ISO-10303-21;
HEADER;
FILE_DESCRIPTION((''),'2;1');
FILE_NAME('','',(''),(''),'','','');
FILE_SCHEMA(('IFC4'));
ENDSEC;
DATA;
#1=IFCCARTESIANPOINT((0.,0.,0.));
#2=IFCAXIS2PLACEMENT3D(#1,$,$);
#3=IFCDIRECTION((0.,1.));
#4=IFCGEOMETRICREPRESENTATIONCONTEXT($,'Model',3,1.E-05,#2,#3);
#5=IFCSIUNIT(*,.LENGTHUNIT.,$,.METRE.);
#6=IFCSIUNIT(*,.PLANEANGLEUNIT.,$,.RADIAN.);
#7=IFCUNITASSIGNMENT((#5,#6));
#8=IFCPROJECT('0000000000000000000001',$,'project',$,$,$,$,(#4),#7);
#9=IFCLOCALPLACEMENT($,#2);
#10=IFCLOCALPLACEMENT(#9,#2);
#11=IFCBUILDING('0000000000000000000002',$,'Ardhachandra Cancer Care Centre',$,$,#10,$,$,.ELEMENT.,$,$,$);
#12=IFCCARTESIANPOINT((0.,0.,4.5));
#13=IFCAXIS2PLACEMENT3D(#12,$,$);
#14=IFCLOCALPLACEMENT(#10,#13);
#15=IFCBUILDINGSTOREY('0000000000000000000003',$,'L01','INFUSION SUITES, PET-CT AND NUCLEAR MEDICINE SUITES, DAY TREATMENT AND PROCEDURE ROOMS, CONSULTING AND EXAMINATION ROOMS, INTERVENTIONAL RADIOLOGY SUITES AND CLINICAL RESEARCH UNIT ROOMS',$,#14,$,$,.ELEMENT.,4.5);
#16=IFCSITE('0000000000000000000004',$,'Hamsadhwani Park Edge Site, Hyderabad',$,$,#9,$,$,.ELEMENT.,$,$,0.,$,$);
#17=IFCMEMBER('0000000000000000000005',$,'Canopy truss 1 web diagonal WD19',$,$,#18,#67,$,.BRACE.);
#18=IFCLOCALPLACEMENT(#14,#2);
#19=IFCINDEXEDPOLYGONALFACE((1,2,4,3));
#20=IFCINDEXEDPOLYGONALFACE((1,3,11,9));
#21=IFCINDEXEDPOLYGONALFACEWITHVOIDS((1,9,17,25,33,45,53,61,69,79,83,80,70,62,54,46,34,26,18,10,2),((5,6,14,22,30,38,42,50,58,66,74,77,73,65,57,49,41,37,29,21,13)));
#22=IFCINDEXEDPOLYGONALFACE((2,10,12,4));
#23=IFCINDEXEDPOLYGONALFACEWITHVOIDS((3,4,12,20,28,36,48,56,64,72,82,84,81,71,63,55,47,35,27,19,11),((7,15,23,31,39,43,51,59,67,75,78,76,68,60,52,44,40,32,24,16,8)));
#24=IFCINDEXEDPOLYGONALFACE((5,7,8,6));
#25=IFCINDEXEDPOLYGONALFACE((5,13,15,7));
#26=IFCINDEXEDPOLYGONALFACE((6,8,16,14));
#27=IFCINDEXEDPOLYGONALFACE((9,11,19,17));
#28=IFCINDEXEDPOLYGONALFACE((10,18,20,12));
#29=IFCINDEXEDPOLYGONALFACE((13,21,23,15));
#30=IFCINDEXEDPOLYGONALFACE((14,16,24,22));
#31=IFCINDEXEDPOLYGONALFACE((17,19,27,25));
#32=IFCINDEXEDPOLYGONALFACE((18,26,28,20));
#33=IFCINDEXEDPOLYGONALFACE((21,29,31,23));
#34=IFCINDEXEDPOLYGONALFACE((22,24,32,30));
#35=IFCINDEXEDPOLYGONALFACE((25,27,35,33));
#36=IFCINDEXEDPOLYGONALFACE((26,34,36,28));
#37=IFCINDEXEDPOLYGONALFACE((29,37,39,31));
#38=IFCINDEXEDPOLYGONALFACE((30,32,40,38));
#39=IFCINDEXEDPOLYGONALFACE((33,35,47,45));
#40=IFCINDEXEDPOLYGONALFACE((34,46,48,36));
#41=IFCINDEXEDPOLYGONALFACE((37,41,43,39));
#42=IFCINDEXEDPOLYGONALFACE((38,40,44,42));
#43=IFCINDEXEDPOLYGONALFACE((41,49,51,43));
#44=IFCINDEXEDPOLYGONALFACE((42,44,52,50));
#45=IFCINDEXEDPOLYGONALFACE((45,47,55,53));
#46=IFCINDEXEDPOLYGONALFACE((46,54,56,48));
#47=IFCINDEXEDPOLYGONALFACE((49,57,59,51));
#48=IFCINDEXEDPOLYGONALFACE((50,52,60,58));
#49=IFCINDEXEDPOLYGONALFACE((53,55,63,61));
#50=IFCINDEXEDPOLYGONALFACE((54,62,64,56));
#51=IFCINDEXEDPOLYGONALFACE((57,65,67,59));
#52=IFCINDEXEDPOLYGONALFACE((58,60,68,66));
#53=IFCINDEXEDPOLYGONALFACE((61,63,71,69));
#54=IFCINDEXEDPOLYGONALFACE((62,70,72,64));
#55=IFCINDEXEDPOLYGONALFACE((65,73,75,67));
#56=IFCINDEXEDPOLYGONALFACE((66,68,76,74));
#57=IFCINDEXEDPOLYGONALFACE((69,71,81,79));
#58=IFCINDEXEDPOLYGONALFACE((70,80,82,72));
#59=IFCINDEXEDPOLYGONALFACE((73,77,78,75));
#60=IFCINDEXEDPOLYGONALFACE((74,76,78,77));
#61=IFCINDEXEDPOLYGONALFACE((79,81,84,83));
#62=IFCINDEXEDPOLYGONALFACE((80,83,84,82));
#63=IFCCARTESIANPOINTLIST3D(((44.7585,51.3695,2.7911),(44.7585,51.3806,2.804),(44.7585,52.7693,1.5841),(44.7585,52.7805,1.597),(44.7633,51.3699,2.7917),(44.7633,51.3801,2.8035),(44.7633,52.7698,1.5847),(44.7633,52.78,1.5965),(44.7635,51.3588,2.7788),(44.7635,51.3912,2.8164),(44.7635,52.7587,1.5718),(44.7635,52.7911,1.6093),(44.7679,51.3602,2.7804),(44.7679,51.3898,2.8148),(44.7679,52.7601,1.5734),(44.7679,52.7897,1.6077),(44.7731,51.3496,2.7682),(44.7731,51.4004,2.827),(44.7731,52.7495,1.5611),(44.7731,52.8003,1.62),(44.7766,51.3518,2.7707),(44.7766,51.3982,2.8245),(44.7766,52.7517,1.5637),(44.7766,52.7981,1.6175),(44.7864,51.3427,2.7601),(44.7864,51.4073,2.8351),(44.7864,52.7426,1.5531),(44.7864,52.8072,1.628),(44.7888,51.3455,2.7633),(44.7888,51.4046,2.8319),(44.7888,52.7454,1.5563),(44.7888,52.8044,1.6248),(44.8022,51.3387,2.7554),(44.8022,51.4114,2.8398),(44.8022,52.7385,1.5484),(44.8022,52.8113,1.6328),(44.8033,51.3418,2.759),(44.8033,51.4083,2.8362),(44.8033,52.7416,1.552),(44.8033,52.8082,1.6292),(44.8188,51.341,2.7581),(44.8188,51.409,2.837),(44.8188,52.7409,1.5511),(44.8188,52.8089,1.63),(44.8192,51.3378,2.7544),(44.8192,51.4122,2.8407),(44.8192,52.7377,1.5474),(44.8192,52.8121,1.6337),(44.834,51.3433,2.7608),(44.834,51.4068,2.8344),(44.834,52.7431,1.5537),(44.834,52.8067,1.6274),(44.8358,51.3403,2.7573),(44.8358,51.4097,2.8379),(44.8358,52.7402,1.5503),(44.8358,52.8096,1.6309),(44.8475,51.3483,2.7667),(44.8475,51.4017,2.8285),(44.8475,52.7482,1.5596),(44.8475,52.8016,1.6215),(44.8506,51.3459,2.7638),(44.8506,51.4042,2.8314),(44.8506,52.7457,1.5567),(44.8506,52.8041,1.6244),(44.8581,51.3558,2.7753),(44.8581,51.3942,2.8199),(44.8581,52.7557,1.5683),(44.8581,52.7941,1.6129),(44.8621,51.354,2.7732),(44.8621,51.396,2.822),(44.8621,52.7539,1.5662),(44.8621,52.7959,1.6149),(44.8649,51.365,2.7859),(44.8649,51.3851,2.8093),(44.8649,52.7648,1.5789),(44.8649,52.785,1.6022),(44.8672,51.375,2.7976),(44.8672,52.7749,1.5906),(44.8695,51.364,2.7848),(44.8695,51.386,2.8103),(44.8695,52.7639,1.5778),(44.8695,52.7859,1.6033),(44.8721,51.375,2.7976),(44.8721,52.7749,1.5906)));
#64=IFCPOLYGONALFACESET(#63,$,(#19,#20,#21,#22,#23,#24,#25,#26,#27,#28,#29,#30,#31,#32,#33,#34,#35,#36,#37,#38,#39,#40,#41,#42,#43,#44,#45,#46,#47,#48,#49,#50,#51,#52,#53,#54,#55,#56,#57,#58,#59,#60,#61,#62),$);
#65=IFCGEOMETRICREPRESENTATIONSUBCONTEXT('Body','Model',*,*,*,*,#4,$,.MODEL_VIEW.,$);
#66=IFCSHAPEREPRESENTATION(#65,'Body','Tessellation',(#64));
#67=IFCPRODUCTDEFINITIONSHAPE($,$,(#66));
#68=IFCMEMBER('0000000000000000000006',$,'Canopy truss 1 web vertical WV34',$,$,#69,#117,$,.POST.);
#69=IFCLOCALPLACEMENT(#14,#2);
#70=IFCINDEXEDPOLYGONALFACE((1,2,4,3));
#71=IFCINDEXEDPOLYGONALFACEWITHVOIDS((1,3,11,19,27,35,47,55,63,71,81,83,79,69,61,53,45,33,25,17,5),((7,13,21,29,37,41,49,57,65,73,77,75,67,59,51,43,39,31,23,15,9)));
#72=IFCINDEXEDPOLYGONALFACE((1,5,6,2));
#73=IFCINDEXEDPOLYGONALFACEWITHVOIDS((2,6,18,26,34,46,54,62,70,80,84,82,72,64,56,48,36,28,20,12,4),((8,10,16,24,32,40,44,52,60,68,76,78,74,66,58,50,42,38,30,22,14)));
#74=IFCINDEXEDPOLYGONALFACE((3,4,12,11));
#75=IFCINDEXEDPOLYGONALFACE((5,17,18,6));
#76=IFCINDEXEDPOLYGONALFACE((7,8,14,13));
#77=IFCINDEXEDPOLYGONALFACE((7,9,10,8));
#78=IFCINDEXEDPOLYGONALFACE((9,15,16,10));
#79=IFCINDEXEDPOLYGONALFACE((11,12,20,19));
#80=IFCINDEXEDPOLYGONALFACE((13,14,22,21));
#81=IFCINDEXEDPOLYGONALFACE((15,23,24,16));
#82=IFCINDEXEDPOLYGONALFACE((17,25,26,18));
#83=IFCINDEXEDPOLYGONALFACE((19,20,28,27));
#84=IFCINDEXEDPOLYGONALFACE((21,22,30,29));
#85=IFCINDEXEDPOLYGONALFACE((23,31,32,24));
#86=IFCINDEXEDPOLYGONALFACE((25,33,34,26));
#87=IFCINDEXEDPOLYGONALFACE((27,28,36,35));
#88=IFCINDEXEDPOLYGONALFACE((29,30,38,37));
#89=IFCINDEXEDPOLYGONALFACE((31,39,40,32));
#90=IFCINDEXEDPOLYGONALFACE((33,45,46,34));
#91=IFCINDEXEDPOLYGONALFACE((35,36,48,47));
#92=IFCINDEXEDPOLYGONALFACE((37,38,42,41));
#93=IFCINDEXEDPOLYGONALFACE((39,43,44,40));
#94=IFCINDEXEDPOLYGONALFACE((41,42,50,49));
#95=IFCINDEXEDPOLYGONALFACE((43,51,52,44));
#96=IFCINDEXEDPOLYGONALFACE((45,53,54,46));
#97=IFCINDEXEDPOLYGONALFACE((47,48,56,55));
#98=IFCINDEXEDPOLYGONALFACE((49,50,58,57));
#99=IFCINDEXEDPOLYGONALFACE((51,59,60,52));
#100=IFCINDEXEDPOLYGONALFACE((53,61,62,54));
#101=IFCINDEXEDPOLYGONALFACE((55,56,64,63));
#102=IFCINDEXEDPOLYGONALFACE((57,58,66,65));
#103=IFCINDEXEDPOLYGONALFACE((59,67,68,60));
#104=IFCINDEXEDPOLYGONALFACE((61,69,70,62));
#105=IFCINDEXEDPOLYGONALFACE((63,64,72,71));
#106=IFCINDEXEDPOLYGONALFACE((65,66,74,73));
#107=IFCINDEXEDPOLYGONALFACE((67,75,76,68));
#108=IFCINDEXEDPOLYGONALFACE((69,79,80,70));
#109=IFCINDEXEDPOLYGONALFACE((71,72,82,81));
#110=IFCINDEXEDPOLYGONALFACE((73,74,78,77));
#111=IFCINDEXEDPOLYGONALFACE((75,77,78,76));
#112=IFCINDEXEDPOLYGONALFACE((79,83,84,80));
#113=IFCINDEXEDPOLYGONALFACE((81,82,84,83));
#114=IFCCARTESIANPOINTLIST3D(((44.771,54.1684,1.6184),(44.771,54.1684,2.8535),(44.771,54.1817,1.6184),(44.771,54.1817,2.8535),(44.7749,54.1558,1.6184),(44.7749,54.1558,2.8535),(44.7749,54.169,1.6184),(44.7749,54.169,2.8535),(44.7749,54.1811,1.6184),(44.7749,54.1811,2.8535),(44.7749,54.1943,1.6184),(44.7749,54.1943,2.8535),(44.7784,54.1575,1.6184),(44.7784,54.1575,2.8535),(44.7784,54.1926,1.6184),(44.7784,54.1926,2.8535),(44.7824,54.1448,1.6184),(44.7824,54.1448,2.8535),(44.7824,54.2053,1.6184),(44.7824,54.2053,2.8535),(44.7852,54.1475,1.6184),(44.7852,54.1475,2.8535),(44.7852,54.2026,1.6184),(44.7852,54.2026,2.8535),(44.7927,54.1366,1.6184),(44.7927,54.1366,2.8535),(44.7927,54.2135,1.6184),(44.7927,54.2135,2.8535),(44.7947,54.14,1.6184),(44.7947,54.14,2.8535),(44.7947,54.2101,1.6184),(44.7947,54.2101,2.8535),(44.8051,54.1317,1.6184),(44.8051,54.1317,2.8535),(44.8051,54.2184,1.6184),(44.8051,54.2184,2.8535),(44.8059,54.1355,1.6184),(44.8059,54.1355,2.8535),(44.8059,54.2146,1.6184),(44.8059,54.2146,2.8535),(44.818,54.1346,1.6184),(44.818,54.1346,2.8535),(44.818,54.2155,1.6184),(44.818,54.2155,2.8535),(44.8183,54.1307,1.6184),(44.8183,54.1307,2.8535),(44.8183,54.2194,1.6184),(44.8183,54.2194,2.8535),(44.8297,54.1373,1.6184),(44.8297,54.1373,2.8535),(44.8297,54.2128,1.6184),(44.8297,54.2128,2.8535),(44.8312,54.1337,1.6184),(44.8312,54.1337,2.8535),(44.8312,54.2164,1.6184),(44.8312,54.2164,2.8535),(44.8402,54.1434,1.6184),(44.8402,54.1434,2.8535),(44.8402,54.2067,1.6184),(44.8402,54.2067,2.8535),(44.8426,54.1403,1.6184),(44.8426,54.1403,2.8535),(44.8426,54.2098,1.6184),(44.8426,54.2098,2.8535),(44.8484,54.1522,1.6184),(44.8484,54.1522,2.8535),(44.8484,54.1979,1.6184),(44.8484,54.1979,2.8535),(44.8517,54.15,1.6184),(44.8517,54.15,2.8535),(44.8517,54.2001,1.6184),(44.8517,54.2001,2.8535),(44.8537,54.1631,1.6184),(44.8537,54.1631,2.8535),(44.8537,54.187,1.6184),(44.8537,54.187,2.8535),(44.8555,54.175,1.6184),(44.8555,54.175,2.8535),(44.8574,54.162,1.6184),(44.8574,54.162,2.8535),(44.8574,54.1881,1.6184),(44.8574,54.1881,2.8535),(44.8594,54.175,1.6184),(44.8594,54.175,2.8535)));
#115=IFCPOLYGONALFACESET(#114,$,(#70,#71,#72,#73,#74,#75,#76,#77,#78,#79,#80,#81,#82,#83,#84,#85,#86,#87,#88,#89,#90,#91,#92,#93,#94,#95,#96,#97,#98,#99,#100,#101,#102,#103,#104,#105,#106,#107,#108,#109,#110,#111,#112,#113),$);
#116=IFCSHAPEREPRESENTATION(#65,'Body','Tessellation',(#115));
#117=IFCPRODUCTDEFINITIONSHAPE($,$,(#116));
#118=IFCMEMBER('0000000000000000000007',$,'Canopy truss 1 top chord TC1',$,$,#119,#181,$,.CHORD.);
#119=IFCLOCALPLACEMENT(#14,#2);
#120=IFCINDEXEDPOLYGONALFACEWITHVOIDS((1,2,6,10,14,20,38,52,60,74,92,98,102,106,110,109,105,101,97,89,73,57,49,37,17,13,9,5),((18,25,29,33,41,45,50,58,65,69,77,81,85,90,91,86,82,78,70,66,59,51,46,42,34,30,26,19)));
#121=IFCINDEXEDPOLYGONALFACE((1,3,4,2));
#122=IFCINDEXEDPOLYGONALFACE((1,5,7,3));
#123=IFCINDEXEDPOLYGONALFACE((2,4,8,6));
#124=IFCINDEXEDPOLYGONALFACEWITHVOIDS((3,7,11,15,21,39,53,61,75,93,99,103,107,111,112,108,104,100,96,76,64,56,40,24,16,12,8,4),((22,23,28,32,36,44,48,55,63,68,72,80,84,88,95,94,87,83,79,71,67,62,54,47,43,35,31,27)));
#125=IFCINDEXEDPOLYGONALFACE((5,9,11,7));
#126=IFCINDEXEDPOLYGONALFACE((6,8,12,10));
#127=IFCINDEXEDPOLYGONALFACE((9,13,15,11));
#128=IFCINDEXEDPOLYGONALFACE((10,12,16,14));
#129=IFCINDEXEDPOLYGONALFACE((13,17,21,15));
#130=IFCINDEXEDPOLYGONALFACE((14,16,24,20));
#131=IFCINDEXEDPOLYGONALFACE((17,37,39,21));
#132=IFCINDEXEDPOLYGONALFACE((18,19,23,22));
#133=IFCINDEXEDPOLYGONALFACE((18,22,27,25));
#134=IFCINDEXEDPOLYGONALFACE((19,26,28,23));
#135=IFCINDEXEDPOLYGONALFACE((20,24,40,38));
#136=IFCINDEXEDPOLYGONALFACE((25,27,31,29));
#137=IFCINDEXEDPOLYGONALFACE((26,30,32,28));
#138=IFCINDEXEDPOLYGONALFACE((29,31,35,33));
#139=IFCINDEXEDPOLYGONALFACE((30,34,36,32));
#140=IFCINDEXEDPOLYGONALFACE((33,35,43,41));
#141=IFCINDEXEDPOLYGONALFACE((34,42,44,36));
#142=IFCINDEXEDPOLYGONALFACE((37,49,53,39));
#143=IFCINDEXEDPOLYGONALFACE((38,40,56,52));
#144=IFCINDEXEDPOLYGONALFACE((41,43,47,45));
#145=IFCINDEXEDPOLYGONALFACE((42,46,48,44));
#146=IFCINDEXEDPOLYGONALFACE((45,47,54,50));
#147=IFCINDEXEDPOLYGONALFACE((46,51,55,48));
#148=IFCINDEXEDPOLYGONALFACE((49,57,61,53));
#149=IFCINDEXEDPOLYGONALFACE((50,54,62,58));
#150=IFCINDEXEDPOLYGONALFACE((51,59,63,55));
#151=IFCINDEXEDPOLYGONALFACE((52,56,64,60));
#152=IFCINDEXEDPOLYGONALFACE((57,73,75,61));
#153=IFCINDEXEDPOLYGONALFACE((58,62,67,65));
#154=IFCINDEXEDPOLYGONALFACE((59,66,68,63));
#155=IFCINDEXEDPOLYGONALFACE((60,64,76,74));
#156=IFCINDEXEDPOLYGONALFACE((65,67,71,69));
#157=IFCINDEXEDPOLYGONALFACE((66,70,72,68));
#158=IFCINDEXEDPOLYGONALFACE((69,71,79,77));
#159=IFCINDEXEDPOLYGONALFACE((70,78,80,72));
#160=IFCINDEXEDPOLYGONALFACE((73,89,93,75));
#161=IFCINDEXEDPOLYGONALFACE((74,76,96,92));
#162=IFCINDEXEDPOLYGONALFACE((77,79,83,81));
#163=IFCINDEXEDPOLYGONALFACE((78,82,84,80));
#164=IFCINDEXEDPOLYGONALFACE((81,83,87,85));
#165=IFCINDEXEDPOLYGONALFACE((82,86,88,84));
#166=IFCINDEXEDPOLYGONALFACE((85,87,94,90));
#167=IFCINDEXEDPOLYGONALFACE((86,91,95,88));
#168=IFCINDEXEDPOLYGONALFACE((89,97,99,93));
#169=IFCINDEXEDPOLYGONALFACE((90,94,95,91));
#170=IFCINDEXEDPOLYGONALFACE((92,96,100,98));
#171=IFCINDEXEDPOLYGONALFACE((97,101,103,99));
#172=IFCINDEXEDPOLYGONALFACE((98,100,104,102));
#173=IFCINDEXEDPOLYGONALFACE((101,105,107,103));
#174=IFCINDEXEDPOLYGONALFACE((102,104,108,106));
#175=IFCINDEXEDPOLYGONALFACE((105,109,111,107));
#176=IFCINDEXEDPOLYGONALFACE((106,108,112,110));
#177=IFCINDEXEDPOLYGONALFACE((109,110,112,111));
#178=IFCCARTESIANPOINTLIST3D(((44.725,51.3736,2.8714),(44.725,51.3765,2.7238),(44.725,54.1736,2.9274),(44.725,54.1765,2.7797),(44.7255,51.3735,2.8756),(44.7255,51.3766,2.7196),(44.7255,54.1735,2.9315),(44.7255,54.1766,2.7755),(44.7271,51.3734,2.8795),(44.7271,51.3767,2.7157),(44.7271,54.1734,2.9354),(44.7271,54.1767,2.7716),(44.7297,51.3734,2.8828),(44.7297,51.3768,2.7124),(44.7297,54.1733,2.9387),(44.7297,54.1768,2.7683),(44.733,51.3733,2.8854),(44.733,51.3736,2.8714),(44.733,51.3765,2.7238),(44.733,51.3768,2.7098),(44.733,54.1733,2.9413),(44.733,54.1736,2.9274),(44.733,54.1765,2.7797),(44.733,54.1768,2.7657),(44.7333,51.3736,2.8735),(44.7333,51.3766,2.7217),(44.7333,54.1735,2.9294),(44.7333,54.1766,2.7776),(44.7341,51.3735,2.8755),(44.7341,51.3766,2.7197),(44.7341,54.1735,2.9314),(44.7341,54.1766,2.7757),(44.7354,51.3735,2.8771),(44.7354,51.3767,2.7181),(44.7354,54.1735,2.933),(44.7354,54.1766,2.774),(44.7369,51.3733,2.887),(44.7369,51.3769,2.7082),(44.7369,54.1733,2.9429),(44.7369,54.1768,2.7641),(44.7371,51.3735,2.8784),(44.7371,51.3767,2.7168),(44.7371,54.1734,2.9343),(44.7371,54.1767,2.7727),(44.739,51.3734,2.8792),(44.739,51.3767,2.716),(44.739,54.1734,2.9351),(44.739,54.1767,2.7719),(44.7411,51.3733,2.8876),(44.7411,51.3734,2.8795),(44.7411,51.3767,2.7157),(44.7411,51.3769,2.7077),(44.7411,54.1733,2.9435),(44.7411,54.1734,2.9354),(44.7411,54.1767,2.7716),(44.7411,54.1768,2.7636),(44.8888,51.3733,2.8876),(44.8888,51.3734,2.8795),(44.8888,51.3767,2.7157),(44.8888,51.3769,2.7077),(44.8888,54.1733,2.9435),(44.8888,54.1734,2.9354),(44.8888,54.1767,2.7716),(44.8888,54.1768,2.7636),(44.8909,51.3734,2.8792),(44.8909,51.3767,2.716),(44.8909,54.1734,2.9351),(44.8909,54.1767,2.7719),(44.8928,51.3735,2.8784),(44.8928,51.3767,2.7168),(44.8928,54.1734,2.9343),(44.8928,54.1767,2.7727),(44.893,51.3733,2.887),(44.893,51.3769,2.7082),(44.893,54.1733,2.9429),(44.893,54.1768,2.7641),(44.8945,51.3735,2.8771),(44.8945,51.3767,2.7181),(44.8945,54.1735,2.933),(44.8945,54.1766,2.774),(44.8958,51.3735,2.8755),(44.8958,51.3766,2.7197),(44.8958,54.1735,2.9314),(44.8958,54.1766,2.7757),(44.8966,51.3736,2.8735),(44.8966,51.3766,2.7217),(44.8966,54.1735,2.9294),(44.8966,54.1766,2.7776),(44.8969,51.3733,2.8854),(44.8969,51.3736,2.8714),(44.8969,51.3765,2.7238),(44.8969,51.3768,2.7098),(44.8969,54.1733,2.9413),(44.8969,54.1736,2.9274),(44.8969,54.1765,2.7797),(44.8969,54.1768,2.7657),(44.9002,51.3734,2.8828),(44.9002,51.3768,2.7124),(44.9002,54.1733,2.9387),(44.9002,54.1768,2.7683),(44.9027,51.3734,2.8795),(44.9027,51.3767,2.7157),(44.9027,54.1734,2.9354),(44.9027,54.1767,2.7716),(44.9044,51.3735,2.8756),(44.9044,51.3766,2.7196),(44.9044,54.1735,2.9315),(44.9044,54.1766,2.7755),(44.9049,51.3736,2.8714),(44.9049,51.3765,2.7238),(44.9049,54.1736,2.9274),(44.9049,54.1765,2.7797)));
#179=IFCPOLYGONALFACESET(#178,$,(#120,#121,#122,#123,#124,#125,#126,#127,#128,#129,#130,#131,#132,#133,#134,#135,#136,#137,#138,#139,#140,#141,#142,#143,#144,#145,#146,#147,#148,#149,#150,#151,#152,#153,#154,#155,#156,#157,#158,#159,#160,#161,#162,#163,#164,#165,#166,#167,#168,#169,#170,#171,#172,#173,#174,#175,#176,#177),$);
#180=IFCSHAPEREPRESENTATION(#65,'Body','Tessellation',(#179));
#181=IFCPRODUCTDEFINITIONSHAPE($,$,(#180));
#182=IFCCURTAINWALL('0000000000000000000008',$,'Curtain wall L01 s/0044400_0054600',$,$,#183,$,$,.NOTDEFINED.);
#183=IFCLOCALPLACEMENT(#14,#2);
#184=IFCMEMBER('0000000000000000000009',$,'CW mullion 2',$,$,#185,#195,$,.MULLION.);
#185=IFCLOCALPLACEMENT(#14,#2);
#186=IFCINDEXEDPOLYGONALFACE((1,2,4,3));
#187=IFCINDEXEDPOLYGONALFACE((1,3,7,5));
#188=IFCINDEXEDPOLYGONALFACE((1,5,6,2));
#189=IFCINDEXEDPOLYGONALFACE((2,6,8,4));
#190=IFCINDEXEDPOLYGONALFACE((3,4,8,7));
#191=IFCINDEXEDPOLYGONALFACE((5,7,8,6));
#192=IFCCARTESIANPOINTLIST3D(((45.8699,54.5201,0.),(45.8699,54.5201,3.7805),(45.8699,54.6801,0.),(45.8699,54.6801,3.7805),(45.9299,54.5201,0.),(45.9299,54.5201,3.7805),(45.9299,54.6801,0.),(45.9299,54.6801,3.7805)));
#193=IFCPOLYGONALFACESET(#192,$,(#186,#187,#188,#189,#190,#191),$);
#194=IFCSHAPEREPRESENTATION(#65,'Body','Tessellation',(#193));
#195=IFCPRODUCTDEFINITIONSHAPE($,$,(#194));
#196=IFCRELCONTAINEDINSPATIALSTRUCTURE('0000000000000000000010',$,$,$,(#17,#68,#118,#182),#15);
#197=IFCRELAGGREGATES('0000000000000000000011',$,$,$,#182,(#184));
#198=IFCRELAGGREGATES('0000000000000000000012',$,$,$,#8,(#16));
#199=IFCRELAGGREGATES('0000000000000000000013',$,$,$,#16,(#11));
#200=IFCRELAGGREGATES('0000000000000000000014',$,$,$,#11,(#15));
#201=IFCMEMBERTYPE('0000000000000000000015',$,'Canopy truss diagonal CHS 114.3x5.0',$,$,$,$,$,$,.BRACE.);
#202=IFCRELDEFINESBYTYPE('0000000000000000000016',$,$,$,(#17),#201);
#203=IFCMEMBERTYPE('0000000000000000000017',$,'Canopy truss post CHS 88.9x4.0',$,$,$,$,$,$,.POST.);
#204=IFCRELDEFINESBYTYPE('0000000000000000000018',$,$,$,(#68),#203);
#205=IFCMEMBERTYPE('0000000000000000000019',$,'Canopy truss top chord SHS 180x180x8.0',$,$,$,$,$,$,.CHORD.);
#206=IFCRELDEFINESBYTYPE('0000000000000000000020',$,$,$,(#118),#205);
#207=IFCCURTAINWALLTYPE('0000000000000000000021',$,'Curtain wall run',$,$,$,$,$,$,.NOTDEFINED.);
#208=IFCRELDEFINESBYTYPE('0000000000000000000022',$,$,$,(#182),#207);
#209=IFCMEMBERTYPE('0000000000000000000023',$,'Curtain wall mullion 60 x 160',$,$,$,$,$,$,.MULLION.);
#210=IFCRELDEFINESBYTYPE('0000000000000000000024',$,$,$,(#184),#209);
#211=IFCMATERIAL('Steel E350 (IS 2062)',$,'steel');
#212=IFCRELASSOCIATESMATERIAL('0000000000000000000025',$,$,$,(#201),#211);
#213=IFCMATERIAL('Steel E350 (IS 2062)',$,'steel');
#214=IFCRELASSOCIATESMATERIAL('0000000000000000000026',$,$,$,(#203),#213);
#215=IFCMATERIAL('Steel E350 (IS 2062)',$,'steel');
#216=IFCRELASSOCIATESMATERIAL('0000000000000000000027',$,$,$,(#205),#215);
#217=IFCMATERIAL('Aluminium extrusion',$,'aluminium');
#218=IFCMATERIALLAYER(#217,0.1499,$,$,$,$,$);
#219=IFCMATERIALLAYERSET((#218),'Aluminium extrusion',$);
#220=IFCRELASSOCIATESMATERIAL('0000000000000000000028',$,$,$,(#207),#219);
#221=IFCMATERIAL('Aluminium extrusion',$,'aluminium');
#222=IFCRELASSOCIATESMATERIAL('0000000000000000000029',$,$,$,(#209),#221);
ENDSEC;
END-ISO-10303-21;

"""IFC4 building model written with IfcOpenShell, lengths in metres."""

from ifc_helpers import new_model, si_unit, direction, frame, origin, origin_2d, place, context, subcontext, project, spatial, rectangle, hollow_rectangle, hollow_circle, extrude, material, layer, layer_set, material_profile, profile_set, type_object, element, aggregate, save


model = new_model("IFC4")

# Units and contexts
model_context = context("Model", 3, precision=1e-05, world=origin(), true_north=direction((0.0, 1.0)))
body_context = subcontext(model_context, "Body", "Model", "MODEL_VIEW")
ifc_project = project(units=[si_unit("LENGTHUNIT", "METRE"), si_unit("PLANEANGLEUNIT", "RADIAN")], contexts=[model_context])

# Site, building, storey
site_placement = place(None, origin())
site = spatial("IfcSite", under=ifc_project, at=site_placement, Name="Hamsadhwani Park Edge Site, Hyderabad", CompositionType="ELEMENT", RefElevation=0.0)
building_placement = place(site_placement, origin())
building = spatial("IfcBuilding", under=site, at=building_placement, Name="Ardhachandra Cancer Care Centre", CompositionType="ELEMENT")
storey_placement = place(building_placement, frame((0.0, 0.0, 4.5)))
storey = spatial("IfcBuildingStorey", under=building, at=storey_placement, Name="L01", Description="INFUSION SUITES, PET-CT AND NUCLEAR MEDICINE SUITES, DAY TREATMENT AND PROCEDURE ROOMS, CONSULTING AND EXAMINATION ROOMS, INTERVENTIONAL RADIOLOGY SUITES AND CLINICAL RESEARCH UNIT ROOMS", CompositionType="ELEMENT", Elevation=4.5)

# Members
ifc_material_1 = material(Name="Steel E350 (IS 2062)", Category="steel")
ifc_material_profile_1 = material_profile(ifc_material_1, hollow_circle(Radius=0.0571, WallThickness=0.0049, at=origin_2d()), Name="CHS 114.3x5.0")
ifc_profile_set_1 = profile_set([ifc_material_profile_1], Name="Steel E350 (IS 2062)")
member_type_1 = type_object("IfcMemberType", Name="Canopy truss diagonal CHS 114.3x5.0", PredefinedType="BRACE", material=ifc_profile_set_1)
member_1_placement = place(storey_placement, frame((44.8149, 52.7749, 1.5906), z_axis=(0.0, -0.757351, 0.653008), x_axis=(1.0, 0.0, 0.0)))
element("IfcMember", 1, at=member_1_placement, inside=storey, type_object=member_type_1, Name="Canopy truss 1 web diagonal WD19", PredefinedType="BRACE", context=body_context, shape_type="SweptSolid", body=[
    extrude(hollow_circle(Radius=0.0571, WallThickness=0.0049, at=origin_2d()), origin(), (0.0, 0.0, 1.0), 1.8484),
])
ifc_material_2 = material(Name="Steel E350 (IS 2062)", Category="steel")
ifc_material_profile_2 = material_profile(ifc_material_2, hollow_circle(Radius=0.0444, WallThickness=0.0039, at=origin_2d()), Name="CHS 88.9x4.0")
ifc_profile_set_2 = profile_set([ifc_material_profile_2], Name="Steel E350 (IS 2062)")
member_type_2 = type_object("IfcMemberType", Name="Canopy truss post CHS 88.9x4.0", PredefinedType="POST", material=ifc_profile_set_2)
member_2_placement = place(storey_placement, frame((44.8149, 54.175, 2.8535), z_axis=(0.0, 0.0, -1.0), x_axis=(1.0, 0.0, 0.0)))
element("IfcMember", 2, at=member_2_placement, inside=storey, type_object=member_type_2, Name="Canopy truss 1 web vertical WV34", PredefinedType="POST", context=body_context, shape_type="SweptSolid", body=[
    extrude(hollow_circle(Radius=0.0444, WallThickness=0.0039, at=origin_2d()), origin(), (0.0, 0.0, 1.0), 1.2351),
])
ifc_material_3 = material(Name="Steel E350 (IS 2062)", Category="steel")
ifc_material_profile_3 = material_profile(ifc_material_3, hollow_rectangle(XDim=0.1799, YDim=0.1799, WallThickness=0.0081, InnerFilletRadius=0.0081, OuterFilletRadius=0.0161, at=origin_2d()), Name="SHS 180x180x8.0")
ifc_profile_set_3 = profile_set([ifc_material_profile_3], Name="Steel E350 (IS 2062)")
member_type_3 = type_object("IfcMemberType", Name="Canopy truss top chord SHS 180x180x8.0", PredefinedType="CHORD", material=ifc_profile_set_3)
member_3_placement = place(storey_placement, frame((44.8149, 54.175, 2.8535), z_axis=(0.0, -0.999801, -0.019963), x_axis=(1.0, 0.0, 0.0)))
element("IfcMember", 3, at=member_3_placement, inside=storey, type_object=member_type_3, Name="Canopy truss 1 top chord TC1", PredefinedType="CHORD", context=body_context, shape_type="SweptSolid", body=[
    extrude(hollow_rectangle(XDim=0.1799, YDim=0.1799, WallThickness=0.0081, InnerFilletRadius=0.0081, OuterFilletRadius=0.0161, at=origin_2d()), origin(), (0.0, 0.0, 1.0), 2.8005),
])

# Curtain wall, member
ifc_material_4 = material(Name="Aluminium extrusion", Category="aluminium")
ifc_layer_1 = layer(ifc_material_4, 0.1499)
ifc_layer_set_1 = layer_set([ifc_layer_1], Name="Aluminium extrusion")
curtain_wall_type = type_object("IfcCurtainWallType", Name="Curtain wall run", PredefinedType="NOTDEFINED", material=ifc_layer_set_1)
curtain_wall_placement = place(storey_placement, origin())
curtain_wall = element("IfcCurtainWall", 4, at=curtain_wall_placement, inside=storey, type_object=curtain_wall_type, Name="Curtain wall L01 s/0044400_0054600", PredefinedType="NOTDEFINED")
ifc_material_5 = material(Name="Aluminium extrusion", Category="aluminium")
ifc_material_profile_4 = material_profile(ifc_material_5, rectangle(XDim=0.1599, YDim=0.0601, at=origin_2d()), Name="Curtain wall mullion 60 x 160")
ifc_profile_set_4 = profile_set([ifc_material_profile_4], Name="Aluminium extrusion")
member_type_4 = type_object("IfcMemberType", Name="Curtain wall mullion 60 x 160", PredefinedType="MULLION", material=ifc_profile_set_4)
member_4_placement = place(storey_placement, frame((45.8999, 54.6001, 0.0), z_axis=(0.0, 0.0, 1.0), x_axis=(0.0, 1.0, 0.0)))
member_4 = element("IfcMember", 5, at=member_4_placement, type_object=member_type_4, Name="CW mullion 2", PredefinedType="MULLION", context=body_context, shape_type="SweptSolid", body=[
    extrude(rectangle(XDim=0.1599, YDim=0.0601, at=origin_2d()), origin(), (0.0, 0.0, 1.0), 3.7805),
])

aggregate(curtain_wall, [member_4])

save(model, "model.ifc")
